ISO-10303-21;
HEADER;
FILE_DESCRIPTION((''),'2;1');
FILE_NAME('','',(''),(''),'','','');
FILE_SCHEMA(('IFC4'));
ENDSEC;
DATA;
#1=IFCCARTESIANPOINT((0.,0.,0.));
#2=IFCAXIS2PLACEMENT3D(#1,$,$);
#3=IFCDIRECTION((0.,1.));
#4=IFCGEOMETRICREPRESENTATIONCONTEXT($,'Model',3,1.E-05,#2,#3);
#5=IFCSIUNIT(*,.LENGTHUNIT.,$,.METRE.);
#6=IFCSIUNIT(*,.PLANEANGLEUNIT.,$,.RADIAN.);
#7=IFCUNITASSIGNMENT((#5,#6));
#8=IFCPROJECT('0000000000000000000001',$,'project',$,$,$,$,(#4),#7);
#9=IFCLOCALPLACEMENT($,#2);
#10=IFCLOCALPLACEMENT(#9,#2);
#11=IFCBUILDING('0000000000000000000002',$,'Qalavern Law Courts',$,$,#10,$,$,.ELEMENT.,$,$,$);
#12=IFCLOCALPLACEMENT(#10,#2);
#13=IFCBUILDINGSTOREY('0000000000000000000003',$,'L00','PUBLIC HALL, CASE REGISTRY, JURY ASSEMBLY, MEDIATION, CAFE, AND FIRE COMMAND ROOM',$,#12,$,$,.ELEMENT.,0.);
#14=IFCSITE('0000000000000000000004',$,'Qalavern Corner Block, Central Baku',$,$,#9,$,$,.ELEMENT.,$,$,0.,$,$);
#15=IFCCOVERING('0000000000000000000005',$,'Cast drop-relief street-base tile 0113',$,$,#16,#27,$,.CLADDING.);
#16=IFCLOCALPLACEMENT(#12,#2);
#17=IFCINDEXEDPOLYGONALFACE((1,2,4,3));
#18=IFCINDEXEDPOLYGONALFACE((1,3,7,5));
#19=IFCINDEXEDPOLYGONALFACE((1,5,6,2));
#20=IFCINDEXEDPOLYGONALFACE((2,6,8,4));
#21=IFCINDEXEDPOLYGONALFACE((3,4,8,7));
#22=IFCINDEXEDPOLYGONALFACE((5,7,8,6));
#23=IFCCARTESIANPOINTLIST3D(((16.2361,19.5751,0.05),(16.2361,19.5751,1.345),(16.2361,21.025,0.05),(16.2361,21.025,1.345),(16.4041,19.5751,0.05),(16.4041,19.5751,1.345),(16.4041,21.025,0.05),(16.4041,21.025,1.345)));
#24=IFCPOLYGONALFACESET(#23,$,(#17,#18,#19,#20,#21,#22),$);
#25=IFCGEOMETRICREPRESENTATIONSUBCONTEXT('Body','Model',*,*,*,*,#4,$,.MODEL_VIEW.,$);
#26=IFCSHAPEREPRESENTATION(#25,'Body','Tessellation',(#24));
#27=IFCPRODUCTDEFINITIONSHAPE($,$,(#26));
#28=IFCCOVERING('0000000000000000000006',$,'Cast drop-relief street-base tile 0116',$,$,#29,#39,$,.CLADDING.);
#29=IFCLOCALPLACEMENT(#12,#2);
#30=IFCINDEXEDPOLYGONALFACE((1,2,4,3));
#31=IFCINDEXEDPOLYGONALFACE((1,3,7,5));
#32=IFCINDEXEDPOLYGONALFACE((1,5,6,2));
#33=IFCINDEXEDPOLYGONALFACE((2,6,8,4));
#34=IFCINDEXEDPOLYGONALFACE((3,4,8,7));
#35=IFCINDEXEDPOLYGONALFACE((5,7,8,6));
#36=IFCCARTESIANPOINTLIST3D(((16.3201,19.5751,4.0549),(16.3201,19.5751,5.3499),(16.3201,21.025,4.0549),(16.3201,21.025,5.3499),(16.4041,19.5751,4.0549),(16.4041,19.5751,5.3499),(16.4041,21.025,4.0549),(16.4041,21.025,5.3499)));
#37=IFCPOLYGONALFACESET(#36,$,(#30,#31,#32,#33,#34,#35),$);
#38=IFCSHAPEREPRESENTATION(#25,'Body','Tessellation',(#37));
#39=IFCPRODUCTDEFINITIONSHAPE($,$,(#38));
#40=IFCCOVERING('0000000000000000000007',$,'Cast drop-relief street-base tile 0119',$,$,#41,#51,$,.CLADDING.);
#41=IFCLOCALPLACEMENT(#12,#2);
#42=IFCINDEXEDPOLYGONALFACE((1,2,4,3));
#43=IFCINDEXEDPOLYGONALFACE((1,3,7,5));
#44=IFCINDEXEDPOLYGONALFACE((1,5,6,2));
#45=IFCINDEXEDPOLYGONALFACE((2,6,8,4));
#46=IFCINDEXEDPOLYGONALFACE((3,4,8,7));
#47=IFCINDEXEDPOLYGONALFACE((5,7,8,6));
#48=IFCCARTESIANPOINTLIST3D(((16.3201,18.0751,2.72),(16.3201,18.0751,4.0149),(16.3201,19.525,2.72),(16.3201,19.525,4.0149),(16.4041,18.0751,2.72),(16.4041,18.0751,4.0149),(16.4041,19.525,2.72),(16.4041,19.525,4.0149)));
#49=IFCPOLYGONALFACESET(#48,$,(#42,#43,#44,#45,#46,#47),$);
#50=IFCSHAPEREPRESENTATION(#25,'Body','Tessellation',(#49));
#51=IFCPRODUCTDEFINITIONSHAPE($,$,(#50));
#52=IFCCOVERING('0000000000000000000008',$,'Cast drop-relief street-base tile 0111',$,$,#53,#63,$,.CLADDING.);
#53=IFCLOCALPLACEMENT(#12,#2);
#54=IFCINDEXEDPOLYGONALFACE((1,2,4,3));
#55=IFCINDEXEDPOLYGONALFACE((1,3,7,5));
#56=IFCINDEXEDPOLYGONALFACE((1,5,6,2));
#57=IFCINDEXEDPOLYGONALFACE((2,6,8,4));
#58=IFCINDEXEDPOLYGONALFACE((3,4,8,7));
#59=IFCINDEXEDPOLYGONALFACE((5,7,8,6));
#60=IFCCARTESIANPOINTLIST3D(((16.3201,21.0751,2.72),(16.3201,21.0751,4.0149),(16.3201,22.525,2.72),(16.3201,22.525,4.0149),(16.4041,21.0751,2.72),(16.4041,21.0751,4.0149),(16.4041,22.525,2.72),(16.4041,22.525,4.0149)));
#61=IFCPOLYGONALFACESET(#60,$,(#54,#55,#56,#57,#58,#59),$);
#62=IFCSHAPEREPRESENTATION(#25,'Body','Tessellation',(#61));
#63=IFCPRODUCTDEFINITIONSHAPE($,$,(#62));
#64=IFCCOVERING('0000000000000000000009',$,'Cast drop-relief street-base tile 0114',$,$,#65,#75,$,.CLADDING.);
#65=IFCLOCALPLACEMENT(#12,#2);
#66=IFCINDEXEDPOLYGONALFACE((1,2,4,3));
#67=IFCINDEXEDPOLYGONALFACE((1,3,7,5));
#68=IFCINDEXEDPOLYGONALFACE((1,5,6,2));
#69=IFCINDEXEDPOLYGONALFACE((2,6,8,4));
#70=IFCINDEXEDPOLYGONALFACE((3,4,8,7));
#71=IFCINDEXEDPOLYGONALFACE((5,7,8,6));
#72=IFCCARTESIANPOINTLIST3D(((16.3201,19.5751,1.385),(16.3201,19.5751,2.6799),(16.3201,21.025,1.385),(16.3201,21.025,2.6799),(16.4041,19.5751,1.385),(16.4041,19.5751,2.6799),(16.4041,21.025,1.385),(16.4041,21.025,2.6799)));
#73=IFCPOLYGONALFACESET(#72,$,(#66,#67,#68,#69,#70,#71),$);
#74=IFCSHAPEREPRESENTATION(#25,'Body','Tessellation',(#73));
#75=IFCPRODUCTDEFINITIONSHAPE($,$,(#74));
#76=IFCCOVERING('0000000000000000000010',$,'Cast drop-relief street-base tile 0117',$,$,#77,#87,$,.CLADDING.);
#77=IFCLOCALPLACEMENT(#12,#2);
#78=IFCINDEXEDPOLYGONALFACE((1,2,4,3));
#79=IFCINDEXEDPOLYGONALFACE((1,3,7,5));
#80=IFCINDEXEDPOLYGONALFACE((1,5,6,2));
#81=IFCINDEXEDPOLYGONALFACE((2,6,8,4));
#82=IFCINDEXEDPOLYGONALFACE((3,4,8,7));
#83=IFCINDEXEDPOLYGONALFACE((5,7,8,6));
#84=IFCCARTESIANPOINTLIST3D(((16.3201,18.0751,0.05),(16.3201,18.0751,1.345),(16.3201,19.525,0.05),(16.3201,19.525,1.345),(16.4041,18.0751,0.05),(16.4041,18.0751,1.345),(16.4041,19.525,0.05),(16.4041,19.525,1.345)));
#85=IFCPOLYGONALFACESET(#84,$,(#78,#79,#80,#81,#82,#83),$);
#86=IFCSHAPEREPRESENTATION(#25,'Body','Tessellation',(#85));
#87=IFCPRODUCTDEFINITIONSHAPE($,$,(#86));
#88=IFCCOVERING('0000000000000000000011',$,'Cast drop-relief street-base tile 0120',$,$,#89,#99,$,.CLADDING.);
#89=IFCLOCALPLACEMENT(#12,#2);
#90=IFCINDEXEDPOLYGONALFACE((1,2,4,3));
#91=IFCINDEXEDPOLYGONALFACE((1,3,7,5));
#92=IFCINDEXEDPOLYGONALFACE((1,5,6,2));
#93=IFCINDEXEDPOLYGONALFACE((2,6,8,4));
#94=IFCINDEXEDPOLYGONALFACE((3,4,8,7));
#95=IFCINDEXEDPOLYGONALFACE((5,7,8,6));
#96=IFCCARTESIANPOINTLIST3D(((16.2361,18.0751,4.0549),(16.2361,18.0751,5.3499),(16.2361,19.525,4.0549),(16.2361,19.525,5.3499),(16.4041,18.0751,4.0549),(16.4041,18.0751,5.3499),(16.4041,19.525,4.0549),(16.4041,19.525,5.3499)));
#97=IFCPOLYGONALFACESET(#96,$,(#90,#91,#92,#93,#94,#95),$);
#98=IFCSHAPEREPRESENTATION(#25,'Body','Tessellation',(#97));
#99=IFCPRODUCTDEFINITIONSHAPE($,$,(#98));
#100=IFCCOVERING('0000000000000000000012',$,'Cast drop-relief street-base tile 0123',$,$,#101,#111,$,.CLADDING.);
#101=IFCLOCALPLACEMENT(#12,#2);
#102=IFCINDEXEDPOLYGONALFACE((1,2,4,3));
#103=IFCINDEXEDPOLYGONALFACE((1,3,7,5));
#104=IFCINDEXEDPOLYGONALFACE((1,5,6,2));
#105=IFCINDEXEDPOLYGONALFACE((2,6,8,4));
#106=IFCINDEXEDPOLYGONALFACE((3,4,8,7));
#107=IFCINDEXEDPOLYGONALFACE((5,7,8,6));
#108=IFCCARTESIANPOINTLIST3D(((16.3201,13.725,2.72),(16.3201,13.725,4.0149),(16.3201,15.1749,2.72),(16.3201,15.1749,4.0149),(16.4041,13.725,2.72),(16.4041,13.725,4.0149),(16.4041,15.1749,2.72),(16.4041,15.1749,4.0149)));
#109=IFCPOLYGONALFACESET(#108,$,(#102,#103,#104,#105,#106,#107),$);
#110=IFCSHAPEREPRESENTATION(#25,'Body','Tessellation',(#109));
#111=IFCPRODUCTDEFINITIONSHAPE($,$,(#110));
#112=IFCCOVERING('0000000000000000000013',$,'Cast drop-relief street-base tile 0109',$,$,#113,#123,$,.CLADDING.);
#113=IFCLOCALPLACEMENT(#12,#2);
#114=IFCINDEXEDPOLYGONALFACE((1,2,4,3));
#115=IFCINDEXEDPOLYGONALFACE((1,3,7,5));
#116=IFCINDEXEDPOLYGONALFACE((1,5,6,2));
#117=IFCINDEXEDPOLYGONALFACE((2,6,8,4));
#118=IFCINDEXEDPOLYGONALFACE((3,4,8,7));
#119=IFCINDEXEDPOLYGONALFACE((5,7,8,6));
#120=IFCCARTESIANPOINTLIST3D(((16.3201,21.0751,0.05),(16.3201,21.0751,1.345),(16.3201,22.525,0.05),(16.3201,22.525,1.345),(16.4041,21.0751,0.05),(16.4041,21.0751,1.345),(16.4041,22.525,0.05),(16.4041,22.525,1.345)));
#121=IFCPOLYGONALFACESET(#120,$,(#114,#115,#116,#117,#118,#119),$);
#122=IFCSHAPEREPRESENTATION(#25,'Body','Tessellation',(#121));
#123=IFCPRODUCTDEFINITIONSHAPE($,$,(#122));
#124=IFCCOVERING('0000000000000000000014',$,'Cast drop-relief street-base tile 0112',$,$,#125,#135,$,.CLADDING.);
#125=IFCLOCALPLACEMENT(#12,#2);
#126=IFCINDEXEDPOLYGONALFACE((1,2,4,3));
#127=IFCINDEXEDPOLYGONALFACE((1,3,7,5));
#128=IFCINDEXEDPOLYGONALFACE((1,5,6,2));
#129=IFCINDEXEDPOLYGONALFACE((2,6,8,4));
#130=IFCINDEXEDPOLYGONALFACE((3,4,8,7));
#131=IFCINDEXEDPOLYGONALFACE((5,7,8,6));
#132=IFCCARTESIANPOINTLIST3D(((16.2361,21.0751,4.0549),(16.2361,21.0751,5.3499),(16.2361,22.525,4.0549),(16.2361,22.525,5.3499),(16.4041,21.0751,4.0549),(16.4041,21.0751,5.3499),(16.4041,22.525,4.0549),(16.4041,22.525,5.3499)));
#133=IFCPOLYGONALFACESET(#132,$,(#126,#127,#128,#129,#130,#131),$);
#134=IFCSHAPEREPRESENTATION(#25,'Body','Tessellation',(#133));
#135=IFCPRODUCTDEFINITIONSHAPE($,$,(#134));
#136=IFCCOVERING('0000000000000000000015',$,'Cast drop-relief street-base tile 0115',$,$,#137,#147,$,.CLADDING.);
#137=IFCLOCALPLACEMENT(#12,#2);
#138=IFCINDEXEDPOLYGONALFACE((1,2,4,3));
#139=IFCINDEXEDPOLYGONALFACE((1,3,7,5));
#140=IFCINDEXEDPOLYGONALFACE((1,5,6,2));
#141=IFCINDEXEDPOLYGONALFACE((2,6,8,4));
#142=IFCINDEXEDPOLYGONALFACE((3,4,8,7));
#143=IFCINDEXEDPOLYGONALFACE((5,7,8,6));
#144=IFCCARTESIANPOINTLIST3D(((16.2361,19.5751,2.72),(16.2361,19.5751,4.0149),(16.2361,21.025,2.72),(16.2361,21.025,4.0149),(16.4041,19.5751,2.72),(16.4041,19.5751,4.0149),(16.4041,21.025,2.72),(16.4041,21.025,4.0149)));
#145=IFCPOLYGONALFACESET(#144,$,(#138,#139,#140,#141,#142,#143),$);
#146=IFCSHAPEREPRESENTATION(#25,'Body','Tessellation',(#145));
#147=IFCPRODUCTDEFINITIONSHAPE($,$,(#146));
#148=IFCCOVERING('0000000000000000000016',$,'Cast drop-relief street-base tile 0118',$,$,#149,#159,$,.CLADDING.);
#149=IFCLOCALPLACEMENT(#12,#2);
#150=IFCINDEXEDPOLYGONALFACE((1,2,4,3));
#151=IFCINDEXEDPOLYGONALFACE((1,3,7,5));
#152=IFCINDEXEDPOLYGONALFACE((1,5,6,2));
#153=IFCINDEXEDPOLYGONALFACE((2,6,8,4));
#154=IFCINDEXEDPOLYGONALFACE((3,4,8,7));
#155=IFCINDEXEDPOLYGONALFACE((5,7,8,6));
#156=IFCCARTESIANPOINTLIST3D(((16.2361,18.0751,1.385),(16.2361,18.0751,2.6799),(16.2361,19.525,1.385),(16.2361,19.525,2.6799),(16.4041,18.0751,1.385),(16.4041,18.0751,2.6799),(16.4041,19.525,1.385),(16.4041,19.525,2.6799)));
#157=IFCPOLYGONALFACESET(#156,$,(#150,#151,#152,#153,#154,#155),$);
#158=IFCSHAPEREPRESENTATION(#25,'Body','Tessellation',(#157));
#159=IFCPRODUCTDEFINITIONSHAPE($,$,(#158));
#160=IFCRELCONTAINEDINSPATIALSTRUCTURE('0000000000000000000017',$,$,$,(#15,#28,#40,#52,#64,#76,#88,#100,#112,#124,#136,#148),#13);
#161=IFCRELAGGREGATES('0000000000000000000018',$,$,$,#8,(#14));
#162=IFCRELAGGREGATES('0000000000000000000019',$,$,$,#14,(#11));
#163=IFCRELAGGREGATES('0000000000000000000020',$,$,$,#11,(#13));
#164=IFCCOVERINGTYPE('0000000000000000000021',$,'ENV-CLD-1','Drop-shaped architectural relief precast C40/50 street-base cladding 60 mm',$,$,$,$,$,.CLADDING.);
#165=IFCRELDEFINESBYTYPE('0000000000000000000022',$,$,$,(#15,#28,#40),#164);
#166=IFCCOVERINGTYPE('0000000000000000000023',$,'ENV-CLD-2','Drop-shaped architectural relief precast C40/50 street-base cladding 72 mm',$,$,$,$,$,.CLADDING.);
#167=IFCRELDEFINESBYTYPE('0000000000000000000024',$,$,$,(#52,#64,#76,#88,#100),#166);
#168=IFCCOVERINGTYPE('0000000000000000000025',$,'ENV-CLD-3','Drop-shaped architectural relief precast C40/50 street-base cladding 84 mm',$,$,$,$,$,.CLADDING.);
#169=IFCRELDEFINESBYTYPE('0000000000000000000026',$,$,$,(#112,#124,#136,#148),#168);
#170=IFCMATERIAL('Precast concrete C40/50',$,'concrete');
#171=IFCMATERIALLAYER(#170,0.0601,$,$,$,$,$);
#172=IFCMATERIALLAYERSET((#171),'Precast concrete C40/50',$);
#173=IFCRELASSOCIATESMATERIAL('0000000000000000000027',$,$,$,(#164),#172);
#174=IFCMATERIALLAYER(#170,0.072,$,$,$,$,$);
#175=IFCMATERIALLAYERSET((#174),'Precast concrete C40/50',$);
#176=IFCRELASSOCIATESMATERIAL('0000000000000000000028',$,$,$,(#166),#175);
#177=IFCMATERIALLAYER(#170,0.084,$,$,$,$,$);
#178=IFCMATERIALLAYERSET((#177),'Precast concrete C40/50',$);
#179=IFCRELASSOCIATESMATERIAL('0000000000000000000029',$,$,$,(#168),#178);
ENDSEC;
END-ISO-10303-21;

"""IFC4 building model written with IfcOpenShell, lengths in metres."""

from ifc_helpers import new_model, si_unit, direction, frame, origin, origin_2d, place, context, subcontext, project, spatial, rectangle, extrude, material, layer, layer_set, type_object, element, save


model = new_model("IFC4")

# Units and contexts
model_context = context("Model", 3, precision=1e-05, world=origin(), true_north=direction((0.0, 1.0)))
body_context = subcontext(model_context, "Body", "Model", "MODEL_VIEW")
ifc_project = project(units=[si_unit("LENGTHUNIT", "METRE"), si_unit("PLANEANGLEUNIT", "RADIAN")], contexts=[model_context])

# Site, building, storey
site_placement = place(None, origin())
site = spatial("IfcSite", under=ifc_project, at=site_placement, Name="Qalavern Corner Block, Central Baku", CompositionType="ELEMENT", RefElevation=0.0)
building_placement = place(site_placement, origin())
building = spatial("IfcBuilding", under=site, at=building_placement, Name="Qalavern Law Courts", CompositionType="ELEMENT")
storey_placement = place(building_placement, origin())
storey = spatial("IfcBuildingStorey", under=building, at=storey_placement, Name="L00", Description="PUBLIC HALL, CASE REGISTRY, JURY ASSEMBLY, MEDIATION, CAFE, AND FIRE COMMAND ROOM", CompositionType="ELEMENT", Elevation=0.0)

# Coverings
ifc_material_1 = material(Name="Precast concrete C40/50", Category="concrete")
ifc_layer_1 = layer(ifc_material_1, 0.0601)
ifc_layer_set_1 = layer_set([ifc_layer_1], Name="Precast concrete C40/50")
covering_type_1 = type_object("IfcCoveringType", Name="ENV-CLD-1", Description="Drop-shaped architectural relief precast C40/50 street-base cladding 60 mm", PredefinedType="CLADDING", material=ifc_layer_set_1)
for number, where, z_axis, x_axis, name in (
    (1, (16.3201, 20.3, 0.05), (0.0, 0.0, 1.0), (0.0, -1.0, 0.0), "Cast drop-relief street-base tile 0113"),
):
    element("IfcCovering", number, at=place(storey_placement, frame(where, z_axis=z_axis, x_axis=x_axis)), inside=storey, type_object=covering_type_1, Name=name, PredefinedType="CLADDING", context=body_context, shape_type="SweptSolid", body=[
        extrude(rectangle(XDim=1.45, YDim=0.168, at=origin_2d()), origin(), (0.0, 0.0, 1.0), 1.2949),
    ])
for number, where, z_axis, x_axis, name in (
    (2, (16.3621, 20.3, 4.0549), (0.0, 0.0, 1.0), (0.0, -1.0, 0.0), "Cast drop-relief street-base tile 0116"),
    (3, (16.3621, 18.8, 2.72), (0.0, 0.0, 1.0), (0.0, -1.0, 0.0), "Cast drop-relief street-base tile 0119"),
):
    element("IfcCovering", number, at=place(storey_placement, frame(where, z_axis=z_axis, x_axis=x_axis)), inside=storey, type_object=covering_type_1, Name=name, PredefinedType="CLADDING", context=body_context, shape_type="SweptSolid", body=[
        extrude(rectangle(XDim=1.45, YDim=0.084, at=origin_2d()), origin(), (0.0, 0.0, 1.0), 1.2949),
    ])
ifc_layer_2 = layer(ifc_material_1, 0.072)
ifc_layer_set_2 = layer_set([ifc_layer_2], Name="Precast concrete C40/50")
covering_type_2 = type_object("IfcCoveringType", Name="ENV-CLD-2", Description="Drop-shaped architectural relief precast C40/50 street-base cladding 72 mm", PredefinedType="CLADDING", material=ifc_layer_set_2)
for number, where, z_axis, x_axis, name in (
    (4, (16.3621, 21.8, 2.72), (0.0, 0.0, 1.0), (0.0, -1.0, 0.0), "Cast drop-relief street-base tile 0111"),
    (5, (16.3621, 20.3, 1.385), (0.0, 0.0, 1.0), (0.0, -1.0, 0.0), "Cast drop-relief street-base tile 0114"),
    (6, (16.3621, 18.8, 0.05), (0.0, 0.0, 1.0), (0.0, -1.0, 0.0), "Cast drop-relief street-base tile 0117"),
):
    element("IfcCovering", number, at=place(storey_placement, frame(where, z_axis=z_axis, x_axis=x_axis)), inside=storey, type_object=covering_type_2, Name=name, PredefinedType="CLADDING", context=body_context, shape_type="SweptSolid", body=[
        extrude(rectangle(XDim=1.45, YDim=0.084, at=origin_2d()), origin(), (0.0, 0.0, 1.0), 1.2949),
    ])
covering_1_placement = place(storey_placement, frame((16.3201, 18.8, 4.0549), z_axis=(0.0, 0.0, 1.0), x_axis=(0.0, -1.0, 0.0)))
element("IfcCovering", 7, at=covering_1_placement, inside=storey, type_object=covering_type_2, Name="Cast drop-relief street-base tile 0120", PredefinedType="CLADDING", context=body_context, shape_type="SweptSolid", body=[
    extrude(rectangle(XDim=1.45, YDim=0.168, at=origin_2d()), origin(), (0.0, 0.0, 1.0), 1.2949),
])
covering_2_placement = place(storey_placement, frame((16.3621, 14.45, 2.72), z_axis=(0.0, 0.0, 1.0), x_axis=(0.0, -1.0, 0.0)))
element("IfcCovering", 8, at=covering_2_placement, inside=storey, type_object=covering_type_2, Name="Cast drop-relief street-base tile 0123", PredefinedType="CLADDING", context=body_context, shape_type="SweptSolid", body=[
    extrude(rectangle(XDim=1.45, YDim=0.084, at=origin_2d()), origin(), (0.0, 0.0, 1.0), 1.2949),
])
ifc_layer_3 = layer(ifc_material_1, 0.084)
ifc_layer_set_3 = layer_set([ifc_layer_3], Name="Precast concrete C40/50")
covering_type_3 = type_object("IfcCoveringType", Name="ENV-CLD-3", Description="Drop-shaped architectural relief precast C40/50 street-base cladding 84 mm", PredefinedType="CLADDING", material=ifc_layer_set_3)
covering_3_placement = place(storey_placement, frame((16.3621, 21.8, 0.05), z_axis=(0.0, 0.0, 1.0), x_axis=(0.0, -1.0, 0.0)))
element("IfcCovering", 9, at=covering_3_placement, inside=storey, type_object=covering_type_3, Name="Cast drop-relief street-base tile 0109", PredefinedType="CLADDING", context=body_context, shape_type="SweptSolid", body=[
    extrude(rectangle(XDim=1.45, YDim=0.084, at=origin_2d()), origin(), (0.0, 0.0, 1.0), 1.2949),
])
for number, where, z_axis, x_axis, name in (
    (10, (16.3201, 21.8, 4.0549), (0.0, 0.0, 1.0), (0.0, -1.0, 0.0), "Cast drop-relief street-base tile 0112"),
    (11, (16.3201, 20.3, 2.72), (0.0, 0.0, 1.0), (0.0, -1.0, 0.0), "Cast drop-relief street-base tile 0115"),
    (12, (16.3201, 18.8, 1.385), (0.0, 0.0, 1.0), (0.0, -1.0, 0.0), "Cast drop-relief street-base tile 0118"),
):
    element("IfcCovering", number, at=place(storey_placement, frame(where, z_axis=z_axis, x_axis=x_axis)), inside=storey, type_object=covering_type_3, Name=name, PredefinedType="CLADDING", context=body_context, shape_type="SweptSolid", body=[
        extrude(rectangle(XDim=1.45, YDim=0.168, at=origin_2d()), origin(), (0.0, 0.0, 1.0), 1.2949),
    ])

save(model, "model.ifc")
